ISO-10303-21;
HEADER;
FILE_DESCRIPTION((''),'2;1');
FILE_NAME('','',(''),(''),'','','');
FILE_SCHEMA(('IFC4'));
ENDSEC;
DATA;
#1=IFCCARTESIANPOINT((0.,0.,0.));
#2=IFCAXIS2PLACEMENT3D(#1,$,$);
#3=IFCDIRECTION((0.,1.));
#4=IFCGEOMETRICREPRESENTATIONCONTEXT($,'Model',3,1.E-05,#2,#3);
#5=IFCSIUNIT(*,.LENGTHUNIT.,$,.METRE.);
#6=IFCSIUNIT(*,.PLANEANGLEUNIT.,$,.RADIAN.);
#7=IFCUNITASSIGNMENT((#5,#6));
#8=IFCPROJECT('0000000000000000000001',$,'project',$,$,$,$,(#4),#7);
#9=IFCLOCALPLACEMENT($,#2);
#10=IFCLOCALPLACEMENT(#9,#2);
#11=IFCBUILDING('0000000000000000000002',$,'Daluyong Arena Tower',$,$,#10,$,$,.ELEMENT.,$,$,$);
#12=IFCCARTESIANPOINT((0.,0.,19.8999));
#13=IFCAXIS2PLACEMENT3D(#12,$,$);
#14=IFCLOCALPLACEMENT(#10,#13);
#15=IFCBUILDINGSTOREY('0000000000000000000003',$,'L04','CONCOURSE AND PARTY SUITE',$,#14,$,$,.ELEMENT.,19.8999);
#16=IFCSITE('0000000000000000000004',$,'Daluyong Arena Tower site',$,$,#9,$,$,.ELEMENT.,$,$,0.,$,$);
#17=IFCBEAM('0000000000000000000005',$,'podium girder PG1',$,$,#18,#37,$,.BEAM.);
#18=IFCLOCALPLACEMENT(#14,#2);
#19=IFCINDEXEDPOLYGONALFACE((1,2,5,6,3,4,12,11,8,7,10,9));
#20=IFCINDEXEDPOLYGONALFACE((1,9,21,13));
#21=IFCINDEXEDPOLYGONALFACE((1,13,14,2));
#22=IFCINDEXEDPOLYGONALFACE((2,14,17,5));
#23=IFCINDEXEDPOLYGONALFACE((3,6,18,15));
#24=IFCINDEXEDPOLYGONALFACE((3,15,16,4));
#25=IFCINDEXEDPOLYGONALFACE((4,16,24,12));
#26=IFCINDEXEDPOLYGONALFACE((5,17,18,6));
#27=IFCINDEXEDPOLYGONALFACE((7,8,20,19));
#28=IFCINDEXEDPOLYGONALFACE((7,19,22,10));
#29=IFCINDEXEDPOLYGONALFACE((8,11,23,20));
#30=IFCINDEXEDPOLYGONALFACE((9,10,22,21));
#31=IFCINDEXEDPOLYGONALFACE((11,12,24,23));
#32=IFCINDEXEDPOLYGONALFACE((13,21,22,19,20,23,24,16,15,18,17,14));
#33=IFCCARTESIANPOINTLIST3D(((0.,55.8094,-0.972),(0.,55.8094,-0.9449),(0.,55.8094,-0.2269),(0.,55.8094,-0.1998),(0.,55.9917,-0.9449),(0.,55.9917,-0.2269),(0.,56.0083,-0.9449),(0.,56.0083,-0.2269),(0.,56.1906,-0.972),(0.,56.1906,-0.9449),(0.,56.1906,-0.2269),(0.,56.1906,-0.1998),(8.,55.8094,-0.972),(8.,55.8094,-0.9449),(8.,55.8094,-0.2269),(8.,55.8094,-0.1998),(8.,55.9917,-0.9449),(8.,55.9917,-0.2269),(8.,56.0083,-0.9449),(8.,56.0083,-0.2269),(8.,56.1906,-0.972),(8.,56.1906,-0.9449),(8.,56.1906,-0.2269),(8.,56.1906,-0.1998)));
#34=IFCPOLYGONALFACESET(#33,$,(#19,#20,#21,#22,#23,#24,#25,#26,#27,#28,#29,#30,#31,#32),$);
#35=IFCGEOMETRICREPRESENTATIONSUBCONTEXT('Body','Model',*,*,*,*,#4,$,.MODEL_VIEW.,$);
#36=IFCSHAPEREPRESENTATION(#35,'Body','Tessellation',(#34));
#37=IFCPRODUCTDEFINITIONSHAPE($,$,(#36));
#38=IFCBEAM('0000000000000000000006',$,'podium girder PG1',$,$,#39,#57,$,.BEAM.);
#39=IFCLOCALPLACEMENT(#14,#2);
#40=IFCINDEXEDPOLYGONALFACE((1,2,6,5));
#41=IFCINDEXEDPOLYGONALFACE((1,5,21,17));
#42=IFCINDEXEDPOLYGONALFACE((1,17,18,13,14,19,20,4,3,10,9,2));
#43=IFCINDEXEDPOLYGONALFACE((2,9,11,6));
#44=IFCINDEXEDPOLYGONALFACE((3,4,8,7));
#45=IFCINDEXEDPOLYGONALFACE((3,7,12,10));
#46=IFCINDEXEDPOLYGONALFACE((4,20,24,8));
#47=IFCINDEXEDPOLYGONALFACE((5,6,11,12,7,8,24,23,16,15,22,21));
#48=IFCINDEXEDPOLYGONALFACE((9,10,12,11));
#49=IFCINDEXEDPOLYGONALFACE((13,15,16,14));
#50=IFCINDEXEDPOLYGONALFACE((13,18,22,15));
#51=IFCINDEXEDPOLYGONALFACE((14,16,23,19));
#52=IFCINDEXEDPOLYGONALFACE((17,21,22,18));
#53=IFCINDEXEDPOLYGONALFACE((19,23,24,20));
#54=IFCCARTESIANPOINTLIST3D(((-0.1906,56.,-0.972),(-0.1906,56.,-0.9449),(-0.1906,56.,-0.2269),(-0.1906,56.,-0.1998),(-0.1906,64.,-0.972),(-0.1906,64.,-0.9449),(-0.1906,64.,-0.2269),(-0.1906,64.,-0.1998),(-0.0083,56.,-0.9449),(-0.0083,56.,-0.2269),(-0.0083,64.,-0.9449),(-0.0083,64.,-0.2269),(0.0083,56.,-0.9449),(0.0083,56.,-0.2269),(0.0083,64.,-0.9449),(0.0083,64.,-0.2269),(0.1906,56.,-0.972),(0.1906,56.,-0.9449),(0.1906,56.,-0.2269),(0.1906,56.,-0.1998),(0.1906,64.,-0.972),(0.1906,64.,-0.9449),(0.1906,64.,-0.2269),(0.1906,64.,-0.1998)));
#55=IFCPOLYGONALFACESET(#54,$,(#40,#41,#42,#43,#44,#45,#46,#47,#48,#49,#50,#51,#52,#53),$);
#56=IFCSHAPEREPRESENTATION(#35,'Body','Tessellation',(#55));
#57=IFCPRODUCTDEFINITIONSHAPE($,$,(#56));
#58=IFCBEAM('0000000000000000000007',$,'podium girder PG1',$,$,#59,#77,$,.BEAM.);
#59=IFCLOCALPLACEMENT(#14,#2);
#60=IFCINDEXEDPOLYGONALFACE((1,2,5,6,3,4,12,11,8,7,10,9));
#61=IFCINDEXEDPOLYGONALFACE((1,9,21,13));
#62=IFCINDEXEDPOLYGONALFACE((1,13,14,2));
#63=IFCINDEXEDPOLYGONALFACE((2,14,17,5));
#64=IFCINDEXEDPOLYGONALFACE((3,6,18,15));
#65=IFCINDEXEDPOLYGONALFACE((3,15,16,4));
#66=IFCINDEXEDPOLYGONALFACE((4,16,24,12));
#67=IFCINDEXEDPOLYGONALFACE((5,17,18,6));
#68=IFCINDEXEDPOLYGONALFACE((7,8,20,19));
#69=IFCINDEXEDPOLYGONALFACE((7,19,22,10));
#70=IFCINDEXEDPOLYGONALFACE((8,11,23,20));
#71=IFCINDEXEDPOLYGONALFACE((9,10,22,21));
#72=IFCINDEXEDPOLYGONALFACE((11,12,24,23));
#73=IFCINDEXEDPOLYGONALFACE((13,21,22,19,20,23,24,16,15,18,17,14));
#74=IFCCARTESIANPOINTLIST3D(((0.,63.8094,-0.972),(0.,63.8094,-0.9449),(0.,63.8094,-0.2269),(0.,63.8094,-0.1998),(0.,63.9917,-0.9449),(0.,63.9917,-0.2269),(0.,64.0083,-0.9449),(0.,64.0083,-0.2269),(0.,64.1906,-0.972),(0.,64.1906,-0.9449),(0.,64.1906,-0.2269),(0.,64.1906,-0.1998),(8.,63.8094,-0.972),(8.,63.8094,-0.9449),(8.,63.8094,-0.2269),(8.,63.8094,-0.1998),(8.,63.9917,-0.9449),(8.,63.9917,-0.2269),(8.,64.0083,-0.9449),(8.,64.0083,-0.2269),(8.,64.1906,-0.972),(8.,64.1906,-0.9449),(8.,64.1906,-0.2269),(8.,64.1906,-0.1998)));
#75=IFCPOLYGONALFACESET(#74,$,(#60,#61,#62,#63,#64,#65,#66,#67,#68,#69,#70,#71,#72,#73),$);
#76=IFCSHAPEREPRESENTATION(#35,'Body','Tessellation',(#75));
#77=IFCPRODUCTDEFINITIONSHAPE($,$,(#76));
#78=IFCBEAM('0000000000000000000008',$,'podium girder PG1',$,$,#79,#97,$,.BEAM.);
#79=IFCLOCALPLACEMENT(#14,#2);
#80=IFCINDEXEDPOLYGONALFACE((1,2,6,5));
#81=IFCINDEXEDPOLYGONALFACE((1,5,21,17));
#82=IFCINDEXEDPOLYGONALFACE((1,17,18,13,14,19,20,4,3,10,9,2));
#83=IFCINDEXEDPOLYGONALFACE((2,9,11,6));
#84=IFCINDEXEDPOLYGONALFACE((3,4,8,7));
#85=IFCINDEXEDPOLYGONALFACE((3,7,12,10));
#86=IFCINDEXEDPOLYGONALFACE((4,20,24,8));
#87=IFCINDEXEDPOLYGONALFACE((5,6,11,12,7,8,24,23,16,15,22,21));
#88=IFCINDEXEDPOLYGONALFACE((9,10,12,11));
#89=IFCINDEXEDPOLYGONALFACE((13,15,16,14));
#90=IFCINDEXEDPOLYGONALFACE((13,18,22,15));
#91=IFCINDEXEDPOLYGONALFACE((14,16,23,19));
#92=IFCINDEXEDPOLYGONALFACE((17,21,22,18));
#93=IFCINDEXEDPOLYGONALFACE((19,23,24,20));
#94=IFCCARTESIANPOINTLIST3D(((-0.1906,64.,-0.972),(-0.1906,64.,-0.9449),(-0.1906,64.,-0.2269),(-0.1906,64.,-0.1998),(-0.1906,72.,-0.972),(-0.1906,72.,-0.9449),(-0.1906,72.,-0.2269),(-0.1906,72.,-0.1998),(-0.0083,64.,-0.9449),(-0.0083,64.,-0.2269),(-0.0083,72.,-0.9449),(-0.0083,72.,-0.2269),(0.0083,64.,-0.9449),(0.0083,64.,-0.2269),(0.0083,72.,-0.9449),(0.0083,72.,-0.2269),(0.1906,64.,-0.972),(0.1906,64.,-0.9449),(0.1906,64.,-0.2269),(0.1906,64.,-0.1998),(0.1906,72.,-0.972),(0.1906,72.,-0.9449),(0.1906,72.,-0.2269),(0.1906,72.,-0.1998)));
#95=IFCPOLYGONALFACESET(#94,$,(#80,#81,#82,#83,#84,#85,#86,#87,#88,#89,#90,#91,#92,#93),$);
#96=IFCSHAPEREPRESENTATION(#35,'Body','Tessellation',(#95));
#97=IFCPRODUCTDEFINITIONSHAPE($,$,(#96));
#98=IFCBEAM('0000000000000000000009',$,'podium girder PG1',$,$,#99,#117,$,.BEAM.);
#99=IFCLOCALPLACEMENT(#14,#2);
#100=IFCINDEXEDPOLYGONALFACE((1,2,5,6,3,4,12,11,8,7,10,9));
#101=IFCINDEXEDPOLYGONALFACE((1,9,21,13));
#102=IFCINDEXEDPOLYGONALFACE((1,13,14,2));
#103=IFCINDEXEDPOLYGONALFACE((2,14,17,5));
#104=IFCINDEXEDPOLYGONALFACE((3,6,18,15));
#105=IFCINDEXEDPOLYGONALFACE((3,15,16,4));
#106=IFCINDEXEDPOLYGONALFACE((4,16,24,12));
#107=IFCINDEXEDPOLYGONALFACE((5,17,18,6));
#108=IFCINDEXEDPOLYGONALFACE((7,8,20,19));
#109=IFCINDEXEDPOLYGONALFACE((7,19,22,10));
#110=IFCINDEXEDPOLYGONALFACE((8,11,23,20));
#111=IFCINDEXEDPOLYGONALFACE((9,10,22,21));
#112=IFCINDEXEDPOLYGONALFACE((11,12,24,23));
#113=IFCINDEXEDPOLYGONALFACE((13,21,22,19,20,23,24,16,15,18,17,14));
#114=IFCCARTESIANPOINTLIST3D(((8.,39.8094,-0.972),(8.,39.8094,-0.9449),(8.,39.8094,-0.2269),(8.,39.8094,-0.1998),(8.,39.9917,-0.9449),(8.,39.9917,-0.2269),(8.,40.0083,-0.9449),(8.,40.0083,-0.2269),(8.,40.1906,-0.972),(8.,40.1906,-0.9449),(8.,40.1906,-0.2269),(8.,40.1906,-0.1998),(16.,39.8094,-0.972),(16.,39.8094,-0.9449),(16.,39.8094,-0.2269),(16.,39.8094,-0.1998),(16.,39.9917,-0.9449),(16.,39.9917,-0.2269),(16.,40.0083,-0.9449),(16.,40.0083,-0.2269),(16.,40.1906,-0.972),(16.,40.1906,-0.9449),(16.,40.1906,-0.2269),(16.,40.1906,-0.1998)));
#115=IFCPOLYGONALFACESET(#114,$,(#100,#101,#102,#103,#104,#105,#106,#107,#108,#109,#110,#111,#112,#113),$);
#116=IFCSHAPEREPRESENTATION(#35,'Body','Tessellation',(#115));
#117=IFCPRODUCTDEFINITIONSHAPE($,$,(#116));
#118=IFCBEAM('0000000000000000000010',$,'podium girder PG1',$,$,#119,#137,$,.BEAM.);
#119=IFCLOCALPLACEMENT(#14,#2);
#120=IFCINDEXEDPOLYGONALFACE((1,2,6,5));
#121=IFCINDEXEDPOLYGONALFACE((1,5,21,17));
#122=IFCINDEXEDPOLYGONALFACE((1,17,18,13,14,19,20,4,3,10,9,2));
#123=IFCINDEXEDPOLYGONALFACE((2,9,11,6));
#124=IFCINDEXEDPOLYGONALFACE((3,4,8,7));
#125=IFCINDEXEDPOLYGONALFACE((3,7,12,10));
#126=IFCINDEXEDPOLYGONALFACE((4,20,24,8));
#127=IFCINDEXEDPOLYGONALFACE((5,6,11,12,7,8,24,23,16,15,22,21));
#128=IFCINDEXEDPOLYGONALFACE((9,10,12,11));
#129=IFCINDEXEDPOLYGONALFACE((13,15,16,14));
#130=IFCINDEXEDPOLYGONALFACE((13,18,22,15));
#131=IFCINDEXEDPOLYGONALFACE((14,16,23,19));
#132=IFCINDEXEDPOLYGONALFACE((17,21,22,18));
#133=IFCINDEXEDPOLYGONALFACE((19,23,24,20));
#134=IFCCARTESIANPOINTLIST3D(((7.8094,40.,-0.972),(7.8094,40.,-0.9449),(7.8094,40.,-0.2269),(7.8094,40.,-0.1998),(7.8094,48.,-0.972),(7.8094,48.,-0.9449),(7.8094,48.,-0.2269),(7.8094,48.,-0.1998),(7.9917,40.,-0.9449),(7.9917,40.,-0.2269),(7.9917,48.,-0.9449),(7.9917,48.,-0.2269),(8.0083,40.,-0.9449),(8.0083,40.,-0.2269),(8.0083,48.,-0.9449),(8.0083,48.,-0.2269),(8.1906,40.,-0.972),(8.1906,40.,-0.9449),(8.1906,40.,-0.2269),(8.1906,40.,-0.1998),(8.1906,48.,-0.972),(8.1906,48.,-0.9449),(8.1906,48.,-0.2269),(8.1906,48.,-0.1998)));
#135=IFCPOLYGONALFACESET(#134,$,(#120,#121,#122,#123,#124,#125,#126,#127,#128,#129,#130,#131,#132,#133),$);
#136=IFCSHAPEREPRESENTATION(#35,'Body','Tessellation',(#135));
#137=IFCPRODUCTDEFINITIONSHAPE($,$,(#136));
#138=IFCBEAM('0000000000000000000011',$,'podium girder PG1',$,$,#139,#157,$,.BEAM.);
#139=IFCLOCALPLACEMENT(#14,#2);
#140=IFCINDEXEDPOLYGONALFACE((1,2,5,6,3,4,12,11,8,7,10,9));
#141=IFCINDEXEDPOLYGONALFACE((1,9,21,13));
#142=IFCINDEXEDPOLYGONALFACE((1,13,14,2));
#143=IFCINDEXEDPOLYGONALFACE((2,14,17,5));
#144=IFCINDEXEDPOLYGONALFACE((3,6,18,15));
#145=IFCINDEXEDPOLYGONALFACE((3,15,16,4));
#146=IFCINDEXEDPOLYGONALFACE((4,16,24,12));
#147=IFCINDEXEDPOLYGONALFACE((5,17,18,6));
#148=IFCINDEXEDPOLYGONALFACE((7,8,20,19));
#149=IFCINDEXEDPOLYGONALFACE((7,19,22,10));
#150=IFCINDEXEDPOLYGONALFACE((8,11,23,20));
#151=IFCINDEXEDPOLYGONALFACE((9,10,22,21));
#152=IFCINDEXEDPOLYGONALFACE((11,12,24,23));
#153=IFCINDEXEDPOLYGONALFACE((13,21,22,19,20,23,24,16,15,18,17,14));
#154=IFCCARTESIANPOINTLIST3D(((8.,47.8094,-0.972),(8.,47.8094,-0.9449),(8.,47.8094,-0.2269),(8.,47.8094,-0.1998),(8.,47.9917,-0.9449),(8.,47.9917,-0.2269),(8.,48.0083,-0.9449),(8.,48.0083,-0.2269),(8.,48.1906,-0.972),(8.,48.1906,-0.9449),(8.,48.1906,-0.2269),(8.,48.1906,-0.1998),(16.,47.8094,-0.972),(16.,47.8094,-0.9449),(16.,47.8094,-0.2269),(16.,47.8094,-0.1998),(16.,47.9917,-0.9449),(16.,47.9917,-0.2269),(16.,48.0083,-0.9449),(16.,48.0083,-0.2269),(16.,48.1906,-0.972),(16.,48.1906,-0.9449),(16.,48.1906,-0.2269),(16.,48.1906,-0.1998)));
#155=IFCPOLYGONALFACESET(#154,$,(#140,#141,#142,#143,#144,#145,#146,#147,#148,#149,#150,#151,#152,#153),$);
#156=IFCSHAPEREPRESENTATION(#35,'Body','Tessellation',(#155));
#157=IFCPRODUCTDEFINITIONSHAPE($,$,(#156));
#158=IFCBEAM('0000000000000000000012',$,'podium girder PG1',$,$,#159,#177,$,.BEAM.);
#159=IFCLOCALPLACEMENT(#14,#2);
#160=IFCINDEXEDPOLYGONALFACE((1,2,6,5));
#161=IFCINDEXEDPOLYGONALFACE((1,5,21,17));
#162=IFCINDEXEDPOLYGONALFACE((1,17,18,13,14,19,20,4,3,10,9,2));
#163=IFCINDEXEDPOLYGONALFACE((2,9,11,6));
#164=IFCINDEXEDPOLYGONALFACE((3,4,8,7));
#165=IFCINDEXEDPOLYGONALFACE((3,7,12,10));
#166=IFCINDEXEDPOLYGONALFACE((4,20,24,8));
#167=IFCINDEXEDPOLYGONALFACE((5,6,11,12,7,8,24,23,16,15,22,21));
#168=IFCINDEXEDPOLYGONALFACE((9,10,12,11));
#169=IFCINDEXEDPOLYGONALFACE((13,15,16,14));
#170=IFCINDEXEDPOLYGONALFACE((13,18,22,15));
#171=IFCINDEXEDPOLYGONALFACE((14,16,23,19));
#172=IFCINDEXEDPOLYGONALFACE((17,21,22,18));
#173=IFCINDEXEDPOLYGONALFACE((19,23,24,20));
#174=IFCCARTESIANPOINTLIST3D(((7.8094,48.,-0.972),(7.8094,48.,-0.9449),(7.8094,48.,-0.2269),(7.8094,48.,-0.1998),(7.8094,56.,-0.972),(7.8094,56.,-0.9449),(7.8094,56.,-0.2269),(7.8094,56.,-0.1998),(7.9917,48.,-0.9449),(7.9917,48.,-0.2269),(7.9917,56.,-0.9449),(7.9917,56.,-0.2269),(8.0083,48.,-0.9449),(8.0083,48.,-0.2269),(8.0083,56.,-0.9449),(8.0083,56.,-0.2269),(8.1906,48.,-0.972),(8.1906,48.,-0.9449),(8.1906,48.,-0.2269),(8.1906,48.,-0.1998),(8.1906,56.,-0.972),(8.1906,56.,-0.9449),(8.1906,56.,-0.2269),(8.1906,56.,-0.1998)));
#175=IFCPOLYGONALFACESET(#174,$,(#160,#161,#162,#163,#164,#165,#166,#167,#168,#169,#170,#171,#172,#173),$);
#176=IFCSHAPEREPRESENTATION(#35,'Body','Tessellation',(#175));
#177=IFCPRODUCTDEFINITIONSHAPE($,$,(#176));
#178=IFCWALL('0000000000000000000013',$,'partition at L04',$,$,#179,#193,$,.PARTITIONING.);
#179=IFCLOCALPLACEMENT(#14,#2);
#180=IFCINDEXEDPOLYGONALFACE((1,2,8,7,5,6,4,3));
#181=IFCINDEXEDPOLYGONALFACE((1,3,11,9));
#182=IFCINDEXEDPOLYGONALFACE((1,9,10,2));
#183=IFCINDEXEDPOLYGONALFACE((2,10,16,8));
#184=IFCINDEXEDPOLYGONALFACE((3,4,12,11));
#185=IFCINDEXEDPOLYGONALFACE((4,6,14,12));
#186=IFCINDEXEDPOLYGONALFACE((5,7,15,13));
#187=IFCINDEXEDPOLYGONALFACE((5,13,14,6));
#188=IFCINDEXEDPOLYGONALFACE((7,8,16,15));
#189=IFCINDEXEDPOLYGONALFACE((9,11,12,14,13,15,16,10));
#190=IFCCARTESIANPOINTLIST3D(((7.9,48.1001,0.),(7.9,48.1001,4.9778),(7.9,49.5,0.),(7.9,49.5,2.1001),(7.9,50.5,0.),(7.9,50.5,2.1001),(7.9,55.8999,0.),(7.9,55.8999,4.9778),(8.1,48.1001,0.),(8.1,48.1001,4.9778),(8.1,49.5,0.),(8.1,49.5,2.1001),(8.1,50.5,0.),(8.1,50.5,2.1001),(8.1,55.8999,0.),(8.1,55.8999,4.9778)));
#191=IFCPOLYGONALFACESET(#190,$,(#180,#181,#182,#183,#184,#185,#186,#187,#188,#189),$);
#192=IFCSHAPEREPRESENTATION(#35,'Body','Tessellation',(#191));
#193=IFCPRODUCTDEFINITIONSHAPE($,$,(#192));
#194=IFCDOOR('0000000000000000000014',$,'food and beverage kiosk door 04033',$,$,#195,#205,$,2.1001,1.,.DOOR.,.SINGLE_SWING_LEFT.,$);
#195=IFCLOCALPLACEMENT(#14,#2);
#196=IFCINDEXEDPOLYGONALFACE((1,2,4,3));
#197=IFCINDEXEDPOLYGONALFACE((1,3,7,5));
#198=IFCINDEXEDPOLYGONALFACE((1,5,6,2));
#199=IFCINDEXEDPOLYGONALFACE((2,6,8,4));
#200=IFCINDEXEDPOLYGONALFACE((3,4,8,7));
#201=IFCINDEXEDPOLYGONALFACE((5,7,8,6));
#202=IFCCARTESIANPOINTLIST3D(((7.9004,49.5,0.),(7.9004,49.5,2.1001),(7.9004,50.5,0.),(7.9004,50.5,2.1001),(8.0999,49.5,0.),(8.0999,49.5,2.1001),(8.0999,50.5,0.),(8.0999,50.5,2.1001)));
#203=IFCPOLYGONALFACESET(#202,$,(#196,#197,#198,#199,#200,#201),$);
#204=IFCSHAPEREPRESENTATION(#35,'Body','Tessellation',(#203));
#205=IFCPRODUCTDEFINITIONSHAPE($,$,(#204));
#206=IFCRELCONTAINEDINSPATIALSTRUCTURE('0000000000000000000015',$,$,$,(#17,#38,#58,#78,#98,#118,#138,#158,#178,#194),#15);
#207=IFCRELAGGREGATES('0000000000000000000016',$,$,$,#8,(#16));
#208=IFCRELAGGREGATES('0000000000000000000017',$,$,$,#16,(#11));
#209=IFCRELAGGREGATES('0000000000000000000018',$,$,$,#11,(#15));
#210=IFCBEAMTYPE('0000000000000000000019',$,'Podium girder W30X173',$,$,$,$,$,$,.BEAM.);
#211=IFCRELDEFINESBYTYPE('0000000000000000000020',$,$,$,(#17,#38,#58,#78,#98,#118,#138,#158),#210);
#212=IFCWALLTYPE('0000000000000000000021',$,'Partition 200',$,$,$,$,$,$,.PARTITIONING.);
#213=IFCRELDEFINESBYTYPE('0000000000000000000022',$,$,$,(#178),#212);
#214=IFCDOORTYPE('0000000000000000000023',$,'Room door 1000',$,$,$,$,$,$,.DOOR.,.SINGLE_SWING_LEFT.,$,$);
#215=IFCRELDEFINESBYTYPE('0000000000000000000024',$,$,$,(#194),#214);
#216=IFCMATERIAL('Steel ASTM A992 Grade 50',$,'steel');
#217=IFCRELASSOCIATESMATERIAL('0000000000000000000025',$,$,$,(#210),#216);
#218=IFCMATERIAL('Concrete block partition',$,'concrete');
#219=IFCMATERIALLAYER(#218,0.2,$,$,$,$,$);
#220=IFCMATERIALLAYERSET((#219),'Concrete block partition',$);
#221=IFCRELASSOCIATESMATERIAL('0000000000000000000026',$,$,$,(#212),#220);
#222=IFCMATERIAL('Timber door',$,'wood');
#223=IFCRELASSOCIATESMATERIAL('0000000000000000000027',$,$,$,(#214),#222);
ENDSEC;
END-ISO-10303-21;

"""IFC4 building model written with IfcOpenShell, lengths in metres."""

from ifc_helpers import new_model, si_unit, direction, frame, frame_2d, origin, origin_2d, place, context, subcontext, project, spatial, rectangle, i_section, extrude, material, layer, layer_set, material_profile, profile_set, type_object, element, fill, save


model = new_model("IFC4")

# Units and contexts
model_context = context("Model", 3, precision=1e-05, world=origin(), true_north=direction((0.0, 1.0)))
body_context = subcontext(model_context, "Body", "Model", "MODEL_VIEW")
ifc_project = project(units=[si_unit("LENGTHUNIT", "METRE"), si_unit("PLANEANGLEUNIT", "RADIAN")], contexts=[model_context])

# Site, building, storey
site_placement = place(None, origin())
site = spatial("IfcSite", under=ifc_project, at=site_placement, Name="Daluyong Arena Tower site", CompositionType="ELEMENT", RefElevation=0.0)
building_placement = place(site_placement, origin())
building = spatial("IfcBuilding", under=site, at=building_placement, Name="Daluyong Arena Tower", CompositionType="ELEMENT")
storey_placement = place(building_placement, frame((0.0, 0.0, 19.8999)))
storey = spatial("IfcBuildingStorey", under=building, at=storey_placement, Name="L04", Description="CONCOURSE AND PARTY SUITE", CompositionType="ELEMENT", Elevation=19.8999)

# Beams
ifc_material_1 = material(Name="Steel ASTM A992 Grade 50", Category="steel")
ifc_material_profile_1 = material_profile(ifc_material_1, i_section(OverallWidth=0.3811, OverallDepth=0.7722, WebThickness=0.0166, FlangeThickness=0.0271, at=origin_2d()))
ifc_profile_set_1 = profile_set([ifc_material_profile_1], Name="Steel ASTM A992 Grade 50")
beam_type_1 = type_object("IfcBeamType", Name="Podium girder W30X173", PredefinedType="BEAM", material=ifc_profile_set_1)
for number, where, z_axis, x_axis, name in (
    (1, (0.0, 56.0, -0.5859), (1.0, 0.0, 0.0), (0.0, 1.0, 0.0), "podium girder PG1"),
    (2, (0.0, 56.0, -0.5859), (0.0, 1.0, 0.0), (-1.0, 0.0, 0.0), "podium girder PG1"),
    (3, (0.0, 64.0, -0.5859), (1.0, 0.0, 0.0), (0.0, 1.0, 0.0), "podium girder PG1"),
    (4, (0.0, 64.0, -0.5859), (0.0, 1.0, 0.0), (-1.0, 0.0, 0.0), "podium girder PG1"),
    (5, (8.0, 40.0, -0.5859), (1.0, 0.0, 0.0), (0.0, 1.0, 0.0), "podium girder PG1"),
    (6, (8.0, 40.0, -0.5859), (0.0, 1.0, 0.0), (-1.0, 0.0, 0.0), "podium girder PG1"),
    (7, (8.0, 48.0, -0.5859), (1.0, 0.0, 0.0), (0.0, 1.0, 0.0), "podium girder PG1"),
    (8, (8.0, 48.0, -0.5859), (0.0, 1.0, 0.0), (-1.0, 0.0, 0.0), "podium girder PG1"),
):
    element("IfcBeam", number, at=place(storey_placement, frame(where, z_axis=z_axis, x_axis=x_axis)), inside=storey, type_object=beam_type_1, Name=name, PredefinedType="BEAM", context=body_context, shape_type="SweptSolid", body=[
        extrude(i_section(OverallWidth=0.3811, OverallDepth=0.7722, WebThickness=0.0166, FlangeThickness=0.0271, at=origin_2d()), origin(), (0.0, 0.0, 1.0), 8.0),
    ])

# Wall, opening, door
ifc_material_2 = material(Name="Concrete block partition", Category="concrete")
ifc_layer_1 = layer(ifc_material_2, 0.2)
ifc_layer_set_1 = layer_set([ifc_layer_1], Name="Concrete block partition")
wall_type_1 = type_object("IfcWallType", Name="Partition 200", PredefinedType="PARTITIONING", material=ifc_layer_set_1)
wall_1_placement = place(storey_placement, frame((8.0, 48.1001, 0.0), z_axis=(0.0, 0.0, 1.0), x_axis=(0.0, 1.0, 0.0)))
wall_1 = element("IfcWall", 9, at=wall_1_placement, inside=storey, type_object=wall_type_1, Name="partition at L04", PredefinedType="PARTITIONING", context=body_context, shape_type="SweptSolid", body=[
    extrude(rectangle(XDim=7.7998, YDim=0.2, at=frame_2d((3.8999, 0.0))), origin(), (0.0, 0.0, 1.0), 4.9778),
])
opening_placement = place(wall_1_placement, frame((1.3999, 0.0, 0.0)))
opening = element("IfcOpeningElement", 10, at=opening_placement, cuts=wall_1, PredefinedType="OPENING", context=body_context, shape_type="SweptSolid", body=[
    extrude(rectangle(XDim=1.0, YDim=2.1001, at=frame_2d((0.5, 1.05))), frame((0.0, 0.1099, 0.0), z_axis=(0.0, -1.0, 0.0), x_axis=(1.0, 0.0, 0.0)), (0.0, 0.0, 1.0), 0.22),
])
ifc_material_3 = material(Name="Timber door", Category="wood")
door_type = type_object("IfcDoorType", Name="Room door 1000", OperationType="SINGLE_SWING_LEFT", PredefinedType="DOOR", material=ifc_material_3)
door_placement = place(opening_placement, origin())
door = element("IfcDoor", 11, at=door_placement, inside=storey, type_object=door_type, Name="food and beverage kiosk door 04033", OperationType="SINGLE_SWING_LEFT", OverallHeight=2.1001, OverallWidth=1.0, PredefinedType="DOOR", context=body_context, shape_type="SweptSolid", body=[
    extrude(rectangle(XDim=1.0, YDim=2.1001, at=frame_2d((0.5, 1.05))), frame((0.0, 0.0996, 0.0), z_axis=(0.0, -1.0, 0.0), x_axis=(1.0, 0.0, 0.0)), (0.0, 0.0, 1.0), 0.1995),
])
fill(opening, door)

save(model, "model.ifc")
